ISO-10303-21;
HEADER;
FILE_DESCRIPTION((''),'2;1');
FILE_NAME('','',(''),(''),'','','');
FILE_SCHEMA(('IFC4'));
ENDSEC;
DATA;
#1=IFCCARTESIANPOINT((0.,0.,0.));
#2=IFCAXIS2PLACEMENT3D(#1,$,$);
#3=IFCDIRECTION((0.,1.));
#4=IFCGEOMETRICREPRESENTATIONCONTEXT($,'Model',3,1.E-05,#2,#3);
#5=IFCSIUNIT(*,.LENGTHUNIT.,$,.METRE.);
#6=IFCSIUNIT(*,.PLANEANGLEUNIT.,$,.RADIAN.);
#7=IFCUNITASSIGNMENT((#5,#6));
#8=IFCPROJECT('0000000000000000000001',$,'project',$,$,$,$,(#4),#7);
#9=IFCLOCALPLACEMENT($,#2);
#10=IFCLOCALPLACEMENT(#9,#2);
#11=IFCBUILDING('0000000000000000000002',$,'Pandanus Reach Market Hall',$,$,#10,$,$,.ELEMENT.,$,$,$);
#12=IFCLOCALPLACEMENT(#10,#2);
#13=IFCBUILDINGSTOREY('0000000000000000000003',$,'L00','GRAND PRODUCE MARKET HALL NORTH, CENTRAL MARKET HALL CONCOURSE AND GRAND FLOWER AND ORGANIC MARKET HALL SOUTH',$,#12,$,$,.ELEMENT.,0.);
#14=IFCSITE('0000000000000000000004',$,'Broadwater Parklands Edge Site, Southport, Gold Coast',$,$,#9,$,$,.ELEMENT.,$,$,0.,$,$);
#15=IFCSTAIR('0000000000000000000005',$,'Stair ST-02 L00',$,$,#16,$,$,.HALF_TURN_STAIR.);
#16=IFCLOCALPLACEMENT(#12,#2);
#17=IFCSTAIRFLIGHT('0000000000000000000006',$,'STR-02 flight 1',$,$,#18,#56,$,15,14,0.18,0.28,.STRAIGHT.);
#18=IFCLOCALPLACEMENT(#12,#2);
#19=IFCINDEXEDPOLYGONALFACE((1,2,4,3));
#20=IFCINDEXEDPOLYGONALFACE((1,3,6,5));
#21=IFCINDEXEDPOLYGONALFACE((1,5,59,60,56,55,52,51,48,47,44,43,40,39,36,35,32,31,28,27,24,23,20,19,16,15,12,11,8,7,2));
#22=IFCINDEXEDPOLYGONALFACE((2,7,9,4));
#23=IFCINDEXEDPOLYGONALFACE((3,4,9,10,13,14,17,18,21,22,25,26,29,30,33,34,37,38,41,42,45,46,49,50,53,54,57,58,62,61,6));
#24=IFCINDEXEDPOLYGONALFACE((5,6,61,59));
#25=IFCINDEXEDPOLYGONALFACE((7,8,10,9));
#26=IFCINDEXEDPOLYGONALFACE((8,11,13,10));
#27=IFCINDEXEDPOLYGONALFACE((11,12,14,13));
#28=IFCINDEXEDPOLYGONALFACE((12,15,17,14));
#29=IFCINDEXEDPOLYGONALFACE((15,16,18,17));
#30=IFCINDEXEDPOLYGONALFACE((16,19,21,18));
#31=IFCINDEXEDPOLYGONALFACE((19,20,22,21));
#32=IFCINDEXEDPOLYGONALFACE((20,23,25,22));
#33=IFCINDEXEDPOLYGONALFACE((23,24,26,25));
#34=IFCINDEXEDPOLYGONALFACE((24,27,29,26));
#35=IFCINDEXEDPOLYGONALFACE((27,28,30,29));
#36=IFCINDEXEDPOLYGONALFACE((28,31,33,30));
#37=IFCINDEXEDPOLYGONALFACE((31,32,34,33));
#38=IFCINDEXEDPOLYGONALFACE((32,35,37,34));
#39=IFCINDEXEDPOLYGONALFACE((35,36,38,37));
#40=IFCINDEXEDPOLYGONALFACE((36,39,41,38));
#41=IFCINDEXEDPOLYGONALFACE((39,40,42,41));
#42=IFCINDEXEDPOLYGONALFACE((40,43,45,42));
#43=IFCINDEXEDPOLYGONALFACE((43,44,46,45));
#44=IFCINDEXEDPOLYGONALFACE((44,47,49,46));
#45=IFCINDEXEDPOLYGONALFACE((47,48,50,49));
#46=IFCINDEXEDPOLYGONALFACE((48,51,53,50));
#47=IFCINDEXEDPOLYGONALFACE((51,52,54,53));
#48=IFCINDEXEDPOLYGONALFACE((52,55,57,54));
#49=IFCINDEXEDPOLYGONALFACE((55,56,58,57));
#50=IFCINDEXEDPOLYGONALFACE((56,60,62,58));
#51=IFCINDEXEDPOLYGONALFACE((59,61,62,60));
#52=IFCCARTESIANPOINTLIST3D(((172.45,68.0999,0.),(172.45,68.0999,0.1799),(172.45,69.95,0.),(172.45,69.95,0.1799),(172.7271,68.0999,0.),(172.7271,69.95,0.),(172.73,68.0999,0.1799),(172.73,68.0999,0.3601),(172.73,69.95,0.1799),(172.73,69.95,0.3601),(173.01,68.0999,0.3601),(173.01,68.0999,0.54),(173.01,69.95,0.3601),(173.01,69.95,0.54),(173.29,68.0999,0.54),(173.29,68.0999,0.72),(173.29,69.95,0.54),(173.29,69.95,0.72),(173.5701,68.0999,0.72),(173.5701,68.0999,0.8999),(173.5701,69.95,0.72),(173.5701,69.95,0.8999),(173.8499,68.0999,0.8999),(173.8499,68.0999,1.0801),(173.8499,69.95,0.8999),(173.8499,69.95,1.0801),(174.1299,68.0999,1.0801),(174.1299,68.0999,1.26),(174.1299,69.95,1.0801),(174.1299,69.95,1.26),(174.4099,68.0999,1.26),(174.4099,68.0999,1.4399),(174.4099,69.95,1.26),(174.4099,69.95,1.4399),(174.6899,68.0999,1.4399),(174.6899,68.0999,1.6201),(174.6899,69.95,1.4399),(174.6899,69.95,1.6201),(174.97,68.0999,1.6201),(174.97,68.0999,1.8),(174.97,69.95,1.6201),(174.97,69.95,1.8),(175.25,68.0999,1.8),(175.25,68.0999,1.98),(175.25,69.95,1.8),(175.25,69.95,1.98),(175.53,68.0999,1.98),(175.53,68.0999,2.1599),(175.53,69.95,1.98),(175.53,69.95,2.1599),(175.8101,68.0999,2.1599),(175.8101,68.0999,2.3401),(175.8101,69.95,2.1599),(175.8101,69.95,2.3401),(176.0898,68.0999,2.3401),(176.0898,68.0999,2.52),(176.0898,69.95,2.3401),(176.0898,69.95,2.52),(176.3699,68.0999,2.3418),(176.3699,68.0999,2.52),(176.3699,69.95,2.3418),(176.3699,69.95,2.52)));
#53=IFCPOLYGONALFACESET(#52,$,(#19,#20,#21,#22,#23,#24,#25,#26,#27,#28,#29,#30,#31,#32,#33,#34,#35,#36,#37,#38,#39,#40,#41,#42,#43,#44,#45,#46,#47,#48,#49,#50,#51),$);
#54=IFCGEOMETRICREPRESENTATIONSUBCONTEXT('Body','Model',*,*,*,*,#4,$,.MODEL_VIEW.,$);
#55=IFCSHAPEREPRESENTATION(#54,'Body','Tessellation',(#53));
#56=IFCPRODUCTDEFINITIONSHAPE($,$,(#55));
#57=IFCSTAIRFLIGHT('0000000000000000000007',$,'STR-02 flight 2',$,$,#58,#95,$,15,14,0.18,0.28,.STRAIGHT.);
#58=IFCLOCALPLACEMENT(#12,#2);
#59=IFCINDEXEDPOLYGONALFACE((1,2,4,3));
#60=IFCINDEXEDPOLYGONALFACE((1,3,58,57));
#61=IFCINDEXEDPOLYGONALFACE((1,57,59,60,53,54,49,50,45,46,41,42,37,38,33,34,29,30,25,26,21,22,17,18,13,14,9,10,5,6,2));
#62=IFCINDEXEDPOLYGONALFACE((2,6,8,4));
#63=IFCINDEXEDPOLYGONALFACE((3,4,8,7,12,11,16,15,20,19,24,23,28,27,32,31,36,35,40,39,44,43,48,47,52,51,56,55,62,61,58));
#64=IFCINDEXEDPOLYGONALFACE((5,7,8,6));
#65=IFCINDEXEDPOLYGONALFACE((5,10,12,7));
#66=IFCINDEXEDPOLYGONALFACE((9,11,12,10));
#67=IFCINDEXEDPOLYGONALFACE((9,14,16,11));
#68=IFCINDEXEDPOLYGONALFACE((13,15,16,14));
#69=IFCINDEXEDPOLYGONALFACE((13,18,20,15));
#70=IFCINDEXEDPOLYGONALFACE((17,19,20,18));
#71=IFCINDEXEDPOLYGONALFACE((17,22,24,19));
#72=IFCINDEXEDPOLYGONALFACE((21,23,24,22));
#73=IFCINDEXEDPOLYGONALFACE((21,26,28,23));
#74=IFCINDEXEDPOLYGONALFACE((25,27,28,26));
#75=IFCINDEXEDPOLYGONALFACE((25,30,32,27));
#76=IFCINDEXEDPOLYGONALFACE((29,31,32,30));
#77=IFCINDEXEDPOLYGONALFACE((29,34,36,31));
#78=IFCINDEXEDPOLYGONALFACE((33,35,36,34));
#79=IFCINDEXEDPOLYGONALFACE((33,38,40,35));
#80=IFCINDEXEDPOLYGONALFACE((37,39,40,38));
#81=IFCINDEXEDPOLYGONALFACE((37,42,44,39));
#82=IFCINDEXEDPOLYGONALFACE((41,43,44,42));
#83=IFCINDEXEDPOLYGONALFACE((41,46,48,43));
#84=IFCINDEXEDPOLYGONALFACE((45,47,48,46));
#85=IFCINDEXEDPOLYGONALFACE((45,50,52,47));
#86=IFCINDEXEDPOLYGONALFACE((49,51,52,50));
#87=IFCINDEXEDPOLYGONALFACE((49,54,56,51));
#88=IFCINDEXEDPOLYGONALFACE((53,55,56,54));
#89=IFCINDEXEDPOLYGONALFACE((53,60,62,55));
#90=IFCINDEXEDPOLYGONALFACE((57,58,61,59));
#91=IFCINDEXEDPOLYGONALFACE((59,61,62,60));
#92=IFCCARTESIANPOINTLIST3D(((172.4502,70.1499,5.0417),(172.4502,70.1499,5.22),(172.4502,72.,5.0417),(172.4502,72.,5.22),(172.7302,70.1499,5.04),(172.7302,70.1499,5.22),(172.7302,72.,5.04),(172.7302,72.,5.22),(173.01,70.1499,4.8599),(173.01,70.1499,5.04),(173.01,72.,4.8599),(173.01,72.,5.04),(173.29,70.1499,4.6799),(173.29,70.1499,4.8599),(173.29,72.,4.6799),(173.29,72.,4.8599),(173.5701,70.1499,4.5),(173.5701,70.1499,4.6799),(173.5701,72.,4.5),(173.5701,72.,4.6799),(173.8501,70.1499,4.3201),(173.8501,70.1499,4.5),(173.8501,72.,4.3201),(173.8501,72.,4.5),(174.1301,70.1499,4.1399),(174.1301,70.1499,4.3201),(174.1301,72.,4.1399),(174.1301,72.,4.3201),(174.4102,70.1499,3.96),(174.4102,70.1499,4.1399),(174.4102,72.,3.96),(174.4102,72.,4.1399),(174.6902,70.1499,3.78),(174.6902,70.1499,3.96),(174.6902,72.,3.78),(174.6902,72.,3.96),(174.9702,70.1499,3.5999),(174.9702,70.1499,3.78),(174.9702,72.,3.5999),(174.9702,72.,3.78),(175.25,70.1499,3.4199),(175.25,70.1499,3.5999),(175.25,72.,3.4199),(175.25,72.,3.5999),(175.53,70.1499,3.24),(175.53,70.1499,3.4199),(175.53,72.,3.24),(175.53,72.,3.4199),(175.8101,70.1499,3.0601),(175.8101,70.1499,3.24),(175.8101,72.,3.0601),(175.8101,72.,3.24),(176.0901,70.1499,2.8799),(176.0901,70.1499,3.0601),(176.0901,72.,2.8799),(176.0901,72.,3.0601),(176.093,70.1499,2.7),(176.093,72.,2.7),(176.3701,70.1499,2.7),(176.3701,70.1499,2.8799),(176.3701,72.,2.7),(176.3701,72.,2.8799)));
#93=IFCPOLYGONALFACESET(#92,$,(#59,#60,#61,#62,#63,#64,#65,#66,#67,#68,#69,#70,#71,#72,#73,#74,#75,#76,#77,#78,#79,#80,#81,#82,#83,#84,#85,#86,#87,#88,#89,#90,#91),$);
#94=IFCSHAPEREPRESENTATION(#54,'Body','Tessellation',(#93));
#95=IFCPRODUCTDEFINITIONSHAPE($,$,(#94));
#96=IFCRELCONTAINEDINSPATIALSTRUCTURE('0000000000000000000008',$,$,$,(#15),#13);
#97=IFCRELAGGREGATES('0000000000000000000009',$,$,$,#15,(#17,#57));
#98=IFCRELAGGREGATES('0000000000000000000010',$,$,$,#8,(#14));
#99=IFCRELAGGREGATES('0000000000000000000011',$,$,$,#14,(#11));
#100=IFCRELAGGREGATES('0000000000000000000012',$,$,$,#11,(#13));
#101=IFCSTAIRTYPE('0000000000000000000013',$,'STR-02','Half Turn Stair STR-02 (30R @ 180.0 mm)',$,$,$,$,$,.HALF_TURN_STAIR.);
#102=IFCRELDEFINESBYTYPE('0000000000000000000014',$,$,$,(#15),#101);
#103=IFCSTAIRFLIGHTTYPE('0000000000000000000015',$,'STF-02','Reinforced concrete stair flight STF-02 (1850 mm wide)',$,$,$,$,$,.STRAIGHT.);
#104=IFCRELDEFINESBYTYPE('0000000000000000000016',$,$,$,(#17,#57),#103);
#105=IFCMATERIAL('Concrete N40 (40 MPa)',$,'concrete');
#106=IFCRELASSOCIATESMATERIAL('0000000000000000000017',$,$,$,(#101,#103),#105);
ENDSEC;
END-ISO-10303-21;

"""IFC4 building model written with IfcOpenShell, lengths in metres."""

from ifc_helpers import new_model, si_unit, direction, frame, origin, place, context, subcontext, project, spatial, polyline, outline, extrude, material, type_object, element, aggregate, save


model = new_model("IFC4")

# Units and contexts
model_context = context("Model", 3, precision=1e-05, world=origin(), true_north=direction((0.0, 1.0)))
body_context = subcontext(model_context, "Body", "Model", "MODEL_VIEW")
ifc_project = project(units=[si_unit("LENGTHUNIT", "METRE"), si_unit("PLANEANGLEUNIT", "RADIAN")], contexts=[model_context])

# Site, building, storey
site_placement = place(None, origin())
site = spatial("IfcSite", under=ifc_project, at=site_placement, Name="Broadwater Parklands Edge Site, Southport, Gold Coast", CompositionType="ELEMENT", RefElevation=0.0)
building_placement = place(site_placement, origin())
building = spatial("IfcBuilding", under=site, at=building_placement, Name="Pandanus Reach Market Hall", CompositionType="ELEMENT")
storey_placement = place(building_placement, origin())
storey = spatial("IfcBuildingStorey", under=building, at=storey_placement, Name="L00", Description="GRAND PRODUCE MARKET HALL NORTH, CENTRAL MARKET HALL CONCOURSE AND GRAND FLOWER AND ORGANIC MARKET HALL SOUTH", CompositionType="ELEMENT", Elevation=0.0)

# Shared definitions
ifc_material_1 = material(Name="Concrete N40 (40 MPa)", Category="concrete")

# Stair, stair flights
stair_type = type_object("IfcStairType", Name="STR-02", Description="Half Turn Stair STR-02 (30R @ 180.0 mm)", PredefinedType="HALF_TURN_STAIR", material=ifc_material_1)
stair_placement = place(storey_placement, origin())
stair = element("IfcStair", 1, at=stair_placement, inside=storey, type_object=stair_type, Name="Stair ST-02 L00", PredefinedType="HALF_TURN_STAIR")
stair_flight_type = type_object("IfcStairFlightType", Name="STF-02", Description="Reinforced concrete stair flight STF-02 (1850 mm wide)", PredefinedType="STRAIGHT", material=ifc_material_1)
stair_flight_1_placement = place(storey_placement, frame((172.45, 69.0249, 0.0), z_axis=(0.0, 0.0, 1.0), x_axis=(1.0, 0.0, 0.0)))
stair_flight_1 = element("IfcStairFlight", 2, at=stair_flight_1_placement, type_object=stair_flight_type, Name="STR-02 flight 1", NumberOfRisers=15, NumberOfTreads=14, PredefinedType="STRAIGHT", RiserHeight=0.18, TreadLength=0.28, context=body_context, shape_type="SweptSolid", body=[
    extrude(outline(polyline([(0.0, 0.0), (0.0, 0.1799), (0.28, 0.1799), (0.28, 0.3601), (0.5601, 0.3601), (0.5601, 0.54), (0.8401, 0.54), (0.8401, 0.72), (1.1201, 0.72), (1.1201, 0.8999), (1.3999, 0.8999), (1.3999, 1.0801), (1.6799, 1.0801), (1.6799, 1.26), (1.96, 1.26), (1.96, 1.4399), (2.24, 1.4399), (2.24, 1.6201), (2.52, 1.6201), (2.52, 1.8), (2.8, 1.8), (2.8, 1.98), (3.0801, 1.98), (3.0801, 2.1599), (3.3601, 2.1599), (3.3601, 2.3401), (3.6399, 2.3401), (3.6399, 2.52), (3.9199, 2.52), (3.9199, 2.7), (3.9199, 2.3418), (0.2771, 0.0), (0.0, 0.0)])), frame((0.0, 0.925, 0.0), z_axis=(0.0, -1.0, 0.0), x_axis=(1.0, 0.0, 0.0)), (0.0, 0.0, 1.0), 1.8501),
])
stair_flight_2_placement = place(storey_placement, frame((176.3701, 71.075, 2.7), z_axis=(0.0, 0.0, 1.0), x_axis=(-1.0, 0.0, 0.0)))
stair_flight_2 = element("IfcStairFlight", 3, at=stair_flight_2_placement, type_object=stair_flight_type, Name="STR-02 flight 2", NumberOfRisers=15, NumberOfTreads=14, PredefinedType="STRAIGHT", RiserHeight=0.18, TreadLength=0.28, context=body_context, shape_type="SweptSolid", body=[
    extrude(outline(polyline([(0.0, 0.0), (0.0, 0.1799), (0.28, 0.1799), (0.28, 0.3601), (0.5601, 0.3601), (0.5601, 0.54), (0.8401, 0.54), (0.8401, 0.72), (1.1201, 0.72), (1.1201, 0.8999), (1.3999, 0.8999), (1.3999, 1.0801), (1.6799, 1.0801), (1.6799, 1.26), (1.96, 1.26), (1.96, 1.4399), (2.24, 1.4399), (2.24, 1.6201), (2.52, 1.6201), (2.52, 1.8), (2.8, 1.8), (2.8, 1.98), (3.0801, 1.98), (3.0801, 2.1599), (3.3601, 2.1599), (3.3601, 2.3401), (3.6399, 2.3401), (3.6399, 2.52), (3.9199, 2.52), (3.9199, 2.7), (3.9199, 2.3418), (0.2771, 0.0), (0.0, 0.0)])), frame((0.0, 0.925, 0.0), z_axis=(0.0, -1.0, 0.0), x_axis=(1.0, 0.0, 0.0)), (0.0, 0.0, 1.0), 1.8501),
])
aggregate(stair, [stair_flight_1, stair_flight_2])

save(model, "model.ifc")
